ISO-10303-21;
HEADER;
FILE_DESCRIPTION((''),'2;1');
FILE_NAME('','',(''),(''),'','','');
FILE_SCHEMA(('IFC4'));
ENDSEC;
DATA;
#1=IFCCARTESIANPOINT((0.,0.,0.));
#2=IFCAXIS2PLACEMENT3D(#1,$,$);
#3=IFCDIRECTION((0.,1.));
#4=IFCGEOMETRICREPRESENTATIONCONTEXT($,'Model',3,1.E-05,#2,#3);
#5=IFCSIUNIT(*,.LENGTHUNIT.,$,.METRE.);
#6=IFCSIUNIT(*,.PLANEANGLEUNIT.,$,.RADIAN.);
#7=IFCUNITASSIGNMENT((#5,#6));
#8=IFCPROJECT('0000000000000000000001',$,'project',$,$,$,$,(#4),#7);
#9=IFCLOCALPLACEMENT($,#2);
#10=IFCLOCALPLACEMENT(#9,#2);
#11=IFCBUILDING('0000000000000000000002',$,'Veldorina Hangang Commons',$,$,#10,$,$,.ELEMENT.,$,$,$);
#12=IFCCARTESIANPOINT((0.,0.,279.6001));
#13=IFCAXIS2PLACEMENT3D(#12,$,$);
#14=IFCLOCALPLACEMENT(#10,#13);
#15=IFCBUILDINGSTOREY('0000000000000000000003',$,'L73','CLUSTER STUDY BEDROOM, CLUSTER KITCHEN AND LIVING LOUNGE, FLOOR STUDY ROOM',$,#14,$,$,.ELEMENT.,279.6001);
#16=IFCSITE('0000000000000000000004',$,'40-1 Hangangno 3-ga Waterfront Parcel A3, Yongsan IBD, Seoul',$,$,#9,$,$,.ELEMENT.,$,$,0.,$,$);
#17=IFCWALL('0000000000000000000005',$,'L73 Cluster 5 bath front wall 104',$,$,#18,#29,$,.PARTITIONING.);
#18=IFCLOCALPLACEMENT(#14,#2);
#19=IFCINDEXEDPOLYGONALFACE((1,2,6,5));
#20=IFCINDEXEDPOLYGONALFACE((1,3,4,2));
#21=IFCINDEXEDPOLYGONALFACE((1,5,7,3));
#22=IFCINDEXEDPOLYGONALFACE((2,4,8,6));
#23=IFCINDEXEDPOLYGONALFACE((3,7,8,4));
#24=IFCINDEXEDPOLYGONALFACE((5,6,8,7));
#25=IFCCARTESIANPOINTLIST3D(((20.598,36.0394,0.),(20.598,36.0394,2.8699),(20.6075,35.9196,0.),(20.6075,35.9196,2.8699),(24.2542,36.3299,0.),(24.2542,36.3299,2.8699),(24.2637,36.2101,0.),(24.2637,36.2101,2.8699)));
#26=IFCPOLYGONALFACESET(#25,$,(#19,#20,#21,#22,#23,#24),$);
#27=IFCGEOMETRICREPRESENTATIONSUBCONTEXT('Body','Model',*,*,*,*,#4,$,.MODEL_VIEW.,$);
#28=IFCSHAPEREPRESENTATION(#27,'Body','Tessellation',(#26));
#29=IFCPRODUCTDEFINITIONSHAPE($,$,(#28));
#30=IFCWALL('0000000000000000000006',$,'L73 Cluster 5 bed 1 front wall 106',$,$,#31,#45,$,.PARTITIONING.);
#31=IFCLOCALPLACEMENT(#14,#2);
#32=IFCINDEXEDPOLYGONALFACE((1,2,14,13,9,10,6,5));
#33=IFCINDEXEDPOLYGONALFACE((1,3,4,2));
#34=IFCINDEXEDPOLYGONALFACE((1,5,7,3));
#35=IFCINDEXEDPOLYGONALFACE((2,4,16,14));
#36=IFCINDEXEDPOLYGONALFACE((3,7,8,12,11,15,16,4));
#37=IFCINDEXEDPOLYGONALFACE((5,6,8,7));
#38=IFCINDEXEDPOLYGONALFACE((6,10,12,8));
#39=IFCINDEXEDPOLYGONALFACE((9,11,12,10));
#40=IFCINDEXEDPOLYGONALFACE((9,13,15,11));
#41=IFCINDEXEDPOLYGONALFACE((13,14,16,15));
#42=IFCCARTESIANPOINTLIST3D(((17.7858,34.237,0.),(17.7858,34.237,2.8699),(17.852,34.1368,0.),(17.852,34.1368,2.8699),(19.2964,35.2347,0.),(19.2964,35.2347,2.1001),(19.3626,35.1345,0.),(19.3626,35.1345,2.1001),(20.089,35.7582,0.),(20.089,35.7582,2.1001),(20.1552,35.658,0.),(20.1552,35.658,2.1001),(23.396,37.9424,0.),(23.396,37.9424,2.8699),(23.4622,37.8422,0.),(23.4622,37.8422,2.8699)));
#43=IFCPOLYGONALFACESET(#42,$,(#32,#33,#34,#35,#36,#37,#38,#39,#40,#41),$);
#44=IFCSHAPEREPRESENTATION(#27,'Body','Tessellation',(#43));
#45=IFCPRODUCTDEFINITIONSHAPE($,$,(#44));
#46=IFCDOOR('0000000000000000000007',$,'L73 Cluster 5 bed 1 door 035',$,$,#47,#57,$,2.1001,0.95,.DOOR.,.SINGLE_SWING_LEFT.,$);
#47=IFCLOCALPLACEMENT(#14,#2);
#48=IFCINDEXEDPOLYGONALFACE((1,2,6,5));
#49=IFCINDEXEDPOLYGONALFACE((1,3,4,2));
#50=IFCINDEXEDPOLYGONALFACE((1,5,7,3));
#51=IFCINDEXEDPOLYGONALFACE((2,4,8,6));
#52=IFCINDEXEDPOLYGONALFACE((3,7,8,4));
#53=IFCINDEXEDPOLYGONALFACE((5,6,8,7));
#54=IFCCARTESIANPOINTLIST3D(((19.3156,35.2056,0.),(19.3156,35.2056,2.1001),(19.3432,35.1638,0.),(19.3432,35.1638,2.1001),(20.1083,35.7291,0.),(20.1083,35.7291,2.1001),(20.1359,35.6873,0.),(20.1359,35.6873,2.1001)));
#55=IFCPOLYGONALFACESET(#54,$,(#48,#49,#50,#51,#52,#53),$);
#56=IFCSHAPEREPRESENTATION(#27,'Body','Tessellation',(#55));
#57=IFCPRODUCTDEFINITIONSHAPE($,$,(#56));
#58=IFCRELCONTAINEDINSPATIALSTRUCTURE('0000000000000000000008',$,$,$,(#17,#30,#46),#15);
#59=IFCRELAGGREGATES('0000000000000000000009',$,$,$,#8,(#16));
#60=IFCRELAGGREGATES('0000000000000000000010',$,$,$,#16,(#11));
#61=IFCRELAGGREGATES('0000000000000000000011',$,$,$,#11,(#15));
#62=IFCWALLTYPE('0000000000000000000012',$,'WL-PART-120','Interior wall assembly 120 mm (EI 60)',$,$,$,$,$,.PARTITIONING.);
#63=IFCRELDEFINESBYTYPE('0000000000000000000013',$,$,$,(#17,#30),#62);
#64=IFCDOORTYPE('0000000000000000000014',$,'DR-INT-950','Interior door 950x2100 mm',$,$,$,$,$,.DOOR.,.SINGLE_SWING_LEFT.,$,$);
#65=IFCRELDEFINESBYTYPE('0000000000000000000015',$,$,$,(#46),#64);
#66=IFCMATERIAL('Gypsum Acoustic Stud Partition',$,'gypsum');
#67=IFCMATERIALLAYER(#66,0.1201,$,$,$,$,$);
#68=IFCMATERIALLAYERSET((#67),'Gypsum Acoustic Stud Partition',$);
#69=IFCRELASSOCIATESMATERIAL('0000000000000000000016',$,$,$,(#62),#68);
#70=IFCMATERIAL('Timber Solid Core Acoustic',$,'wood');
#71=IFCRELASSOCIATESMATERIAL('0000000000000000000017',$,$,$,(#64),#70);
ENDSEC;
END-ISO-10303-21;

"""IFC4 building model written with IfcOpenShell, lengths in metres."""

from ifc_helpers import new_model, si_unit, direction, frame, frame_2d, origin, place, context, subcontext, project, spatial, rectangle, extrude, material, layer, layer_set, type_object, element, fill, save


model = new_model("IFC4")

# Units and contexts
model_context = context("Model", 3, precision=1e-05, world=origin(), true_north=direction((0.0, 1.0)))
body_context = subcontext(model_context, "Body", "Model", "MODEL_VIEW")
ifc_project = project(units=[si_unit("LENGTHUNIT", "METRE"), si_unit("PLANEANGLEUNIT", "RADIAN")], contexts=[model_context])

# Site, building, storey
site_placement = place(None, origin())
site = spatial("IfcSite", under=ifc_project, at=site_placement, Name="40-1 Hangangno 3-ga Waterfront Parcel A3, Yongsan IBD, Seoul", CompositionType="ELEMENT", RefElevation=0.0)
building_placement = place(site_placement, origin())
building = spatial("IfcBuilding", under=site, at=building_placement, Name="Veldorina Hangang Commons", CompositionType="ELEMENT")
storey_placement = place(building_placement, frame((0.0, 0.0, 279.6001)))
storey = spatial("IfcBuildingStorey", under=building, at=storey_placement, Name="L73", Description="CLUSTER STUDY BEDROOM, CLUSTER KITCHEN AND LIVING LOUNGE, FLOOR STUDY ROOM", CompositionType="ELEMENT", Elevation=279.6001)

# Shared definitions
ifc_material_1 = material(Name="Gypsum Acoustic Stud Partition", Category="gypsum")
ifc_layer_1 = layer(ifc_material_1, 0.1201)
ifc_layer_set_1 = layer_set([ifc_layer_1], Name="Gypsum Acoustic Stud Partition")
wall_type_1 = type_object("IfcWallType", Name="WL-PART-120", Description="Interior wall assembly 120 mm (EI 60)", PredefinedType="PARTITIONING", material=ifc_layer_set_1)
ifc_material_2 = material(Name="Timber Solid Core Acoustic", Category="wood")
door_type = type_object("IfcDoorType", Name="DR-INT-950", Description="Interior door 950x2100 mm", OperationType="SINGLE_SWING_LEFT", PredefinedType="DOOR", material=ifc_material_2)

# Wall
wall_1_placement = place(storey_placement, frame((24.259, 36.27, 0.0), z_axis=(0.0, 0.0, 1.0), x_axis=(-0.996858, -0.079211, 0.0)))
element("IfcWall", 1, at=wall_1_placement, inside=storey, type_object=wall_type_1, Name="L73 Cluster 5 bath front wall 104", PredefinedType="PARTITIONING", context=body_context, shape_type="SweptSolid", body=[
    extrude(rectangle(XDim=3.6677, YDim=0.1201, at=frame_2d((1.834, 0.0))), origin(), (0.0, 0.0, 1.0), 2.8699),
])

# Wall, opening, door
wall_2_placement = place(storey_placement, frame((23.4292, 37.8923, 0.0), z_axis=(0.0, 0.0, 1.0), x_axis=(-0.834428, -0.551117, 0.0)))
wall_2 = element("IfcWall", 2, at=wall_2_placement, inside=storey, type_object=wall_type_1, Name="L73 Cluster 5 bed 1 front wall 106", PredefinedType="PARTITIONING", context=body_context, shape_type="SweptSolid", body=[
    extrude(rectangle(XDim=6.7234, YDim=0.1201, at=frame_2d((3.3618, 0.0))), origin(), (0.0, 0.0, 1.0), 2.8699),
])
opening_1_placement = place(wall_2_placement, frame((3.9631, 0.0, 0.0)))
opening_1 = element("IfcOpeningElement", 3, at=opening_1_placement, cuts=wall_2, PredefinedType="OPENING", context=body_context, shape_type="SweptSolid", body=[
    extrude(rectangle(XDim=0.95, YDim=2.1001, at=frame_2d((0.4751, 1.05))), frame((0.0, 0.0701, 0.0), z_axis=(0.0, -1.0, 0.0), x_axis=(1.0, 0.0, 0.0)), (0.0, 0.0, 1.0), 0.1401),
])
door_1_placement = place(opening_1_placement, origin())
door_1 = element("IfcDoor", 4, at=door_1_placement, inside=storey, type_object=door_type, Name="L73 Cluster 5 bed 1 door 035", OperationType="SINGLE_SWING_LEFT", OverallHeight=2.1001, OverallWidth=0.95, PredefinedType="DOOR", context=body_context, shape_type="SweptSolid", body=[
    extrude(rectangle(XDim=0.95, YDim=2.1001, at=frame_2d((0.4751, 1.05))), frame((0.0, 0.0249, 0.0), z_axis=(0.0, -1.0, 0.0), x_axis=(1.0, 0.0, 0.0)), (0.0, 0.0, 1.0), 0.05),
])
fill(opening_1, door_1)

save(model, "model.ifc")
